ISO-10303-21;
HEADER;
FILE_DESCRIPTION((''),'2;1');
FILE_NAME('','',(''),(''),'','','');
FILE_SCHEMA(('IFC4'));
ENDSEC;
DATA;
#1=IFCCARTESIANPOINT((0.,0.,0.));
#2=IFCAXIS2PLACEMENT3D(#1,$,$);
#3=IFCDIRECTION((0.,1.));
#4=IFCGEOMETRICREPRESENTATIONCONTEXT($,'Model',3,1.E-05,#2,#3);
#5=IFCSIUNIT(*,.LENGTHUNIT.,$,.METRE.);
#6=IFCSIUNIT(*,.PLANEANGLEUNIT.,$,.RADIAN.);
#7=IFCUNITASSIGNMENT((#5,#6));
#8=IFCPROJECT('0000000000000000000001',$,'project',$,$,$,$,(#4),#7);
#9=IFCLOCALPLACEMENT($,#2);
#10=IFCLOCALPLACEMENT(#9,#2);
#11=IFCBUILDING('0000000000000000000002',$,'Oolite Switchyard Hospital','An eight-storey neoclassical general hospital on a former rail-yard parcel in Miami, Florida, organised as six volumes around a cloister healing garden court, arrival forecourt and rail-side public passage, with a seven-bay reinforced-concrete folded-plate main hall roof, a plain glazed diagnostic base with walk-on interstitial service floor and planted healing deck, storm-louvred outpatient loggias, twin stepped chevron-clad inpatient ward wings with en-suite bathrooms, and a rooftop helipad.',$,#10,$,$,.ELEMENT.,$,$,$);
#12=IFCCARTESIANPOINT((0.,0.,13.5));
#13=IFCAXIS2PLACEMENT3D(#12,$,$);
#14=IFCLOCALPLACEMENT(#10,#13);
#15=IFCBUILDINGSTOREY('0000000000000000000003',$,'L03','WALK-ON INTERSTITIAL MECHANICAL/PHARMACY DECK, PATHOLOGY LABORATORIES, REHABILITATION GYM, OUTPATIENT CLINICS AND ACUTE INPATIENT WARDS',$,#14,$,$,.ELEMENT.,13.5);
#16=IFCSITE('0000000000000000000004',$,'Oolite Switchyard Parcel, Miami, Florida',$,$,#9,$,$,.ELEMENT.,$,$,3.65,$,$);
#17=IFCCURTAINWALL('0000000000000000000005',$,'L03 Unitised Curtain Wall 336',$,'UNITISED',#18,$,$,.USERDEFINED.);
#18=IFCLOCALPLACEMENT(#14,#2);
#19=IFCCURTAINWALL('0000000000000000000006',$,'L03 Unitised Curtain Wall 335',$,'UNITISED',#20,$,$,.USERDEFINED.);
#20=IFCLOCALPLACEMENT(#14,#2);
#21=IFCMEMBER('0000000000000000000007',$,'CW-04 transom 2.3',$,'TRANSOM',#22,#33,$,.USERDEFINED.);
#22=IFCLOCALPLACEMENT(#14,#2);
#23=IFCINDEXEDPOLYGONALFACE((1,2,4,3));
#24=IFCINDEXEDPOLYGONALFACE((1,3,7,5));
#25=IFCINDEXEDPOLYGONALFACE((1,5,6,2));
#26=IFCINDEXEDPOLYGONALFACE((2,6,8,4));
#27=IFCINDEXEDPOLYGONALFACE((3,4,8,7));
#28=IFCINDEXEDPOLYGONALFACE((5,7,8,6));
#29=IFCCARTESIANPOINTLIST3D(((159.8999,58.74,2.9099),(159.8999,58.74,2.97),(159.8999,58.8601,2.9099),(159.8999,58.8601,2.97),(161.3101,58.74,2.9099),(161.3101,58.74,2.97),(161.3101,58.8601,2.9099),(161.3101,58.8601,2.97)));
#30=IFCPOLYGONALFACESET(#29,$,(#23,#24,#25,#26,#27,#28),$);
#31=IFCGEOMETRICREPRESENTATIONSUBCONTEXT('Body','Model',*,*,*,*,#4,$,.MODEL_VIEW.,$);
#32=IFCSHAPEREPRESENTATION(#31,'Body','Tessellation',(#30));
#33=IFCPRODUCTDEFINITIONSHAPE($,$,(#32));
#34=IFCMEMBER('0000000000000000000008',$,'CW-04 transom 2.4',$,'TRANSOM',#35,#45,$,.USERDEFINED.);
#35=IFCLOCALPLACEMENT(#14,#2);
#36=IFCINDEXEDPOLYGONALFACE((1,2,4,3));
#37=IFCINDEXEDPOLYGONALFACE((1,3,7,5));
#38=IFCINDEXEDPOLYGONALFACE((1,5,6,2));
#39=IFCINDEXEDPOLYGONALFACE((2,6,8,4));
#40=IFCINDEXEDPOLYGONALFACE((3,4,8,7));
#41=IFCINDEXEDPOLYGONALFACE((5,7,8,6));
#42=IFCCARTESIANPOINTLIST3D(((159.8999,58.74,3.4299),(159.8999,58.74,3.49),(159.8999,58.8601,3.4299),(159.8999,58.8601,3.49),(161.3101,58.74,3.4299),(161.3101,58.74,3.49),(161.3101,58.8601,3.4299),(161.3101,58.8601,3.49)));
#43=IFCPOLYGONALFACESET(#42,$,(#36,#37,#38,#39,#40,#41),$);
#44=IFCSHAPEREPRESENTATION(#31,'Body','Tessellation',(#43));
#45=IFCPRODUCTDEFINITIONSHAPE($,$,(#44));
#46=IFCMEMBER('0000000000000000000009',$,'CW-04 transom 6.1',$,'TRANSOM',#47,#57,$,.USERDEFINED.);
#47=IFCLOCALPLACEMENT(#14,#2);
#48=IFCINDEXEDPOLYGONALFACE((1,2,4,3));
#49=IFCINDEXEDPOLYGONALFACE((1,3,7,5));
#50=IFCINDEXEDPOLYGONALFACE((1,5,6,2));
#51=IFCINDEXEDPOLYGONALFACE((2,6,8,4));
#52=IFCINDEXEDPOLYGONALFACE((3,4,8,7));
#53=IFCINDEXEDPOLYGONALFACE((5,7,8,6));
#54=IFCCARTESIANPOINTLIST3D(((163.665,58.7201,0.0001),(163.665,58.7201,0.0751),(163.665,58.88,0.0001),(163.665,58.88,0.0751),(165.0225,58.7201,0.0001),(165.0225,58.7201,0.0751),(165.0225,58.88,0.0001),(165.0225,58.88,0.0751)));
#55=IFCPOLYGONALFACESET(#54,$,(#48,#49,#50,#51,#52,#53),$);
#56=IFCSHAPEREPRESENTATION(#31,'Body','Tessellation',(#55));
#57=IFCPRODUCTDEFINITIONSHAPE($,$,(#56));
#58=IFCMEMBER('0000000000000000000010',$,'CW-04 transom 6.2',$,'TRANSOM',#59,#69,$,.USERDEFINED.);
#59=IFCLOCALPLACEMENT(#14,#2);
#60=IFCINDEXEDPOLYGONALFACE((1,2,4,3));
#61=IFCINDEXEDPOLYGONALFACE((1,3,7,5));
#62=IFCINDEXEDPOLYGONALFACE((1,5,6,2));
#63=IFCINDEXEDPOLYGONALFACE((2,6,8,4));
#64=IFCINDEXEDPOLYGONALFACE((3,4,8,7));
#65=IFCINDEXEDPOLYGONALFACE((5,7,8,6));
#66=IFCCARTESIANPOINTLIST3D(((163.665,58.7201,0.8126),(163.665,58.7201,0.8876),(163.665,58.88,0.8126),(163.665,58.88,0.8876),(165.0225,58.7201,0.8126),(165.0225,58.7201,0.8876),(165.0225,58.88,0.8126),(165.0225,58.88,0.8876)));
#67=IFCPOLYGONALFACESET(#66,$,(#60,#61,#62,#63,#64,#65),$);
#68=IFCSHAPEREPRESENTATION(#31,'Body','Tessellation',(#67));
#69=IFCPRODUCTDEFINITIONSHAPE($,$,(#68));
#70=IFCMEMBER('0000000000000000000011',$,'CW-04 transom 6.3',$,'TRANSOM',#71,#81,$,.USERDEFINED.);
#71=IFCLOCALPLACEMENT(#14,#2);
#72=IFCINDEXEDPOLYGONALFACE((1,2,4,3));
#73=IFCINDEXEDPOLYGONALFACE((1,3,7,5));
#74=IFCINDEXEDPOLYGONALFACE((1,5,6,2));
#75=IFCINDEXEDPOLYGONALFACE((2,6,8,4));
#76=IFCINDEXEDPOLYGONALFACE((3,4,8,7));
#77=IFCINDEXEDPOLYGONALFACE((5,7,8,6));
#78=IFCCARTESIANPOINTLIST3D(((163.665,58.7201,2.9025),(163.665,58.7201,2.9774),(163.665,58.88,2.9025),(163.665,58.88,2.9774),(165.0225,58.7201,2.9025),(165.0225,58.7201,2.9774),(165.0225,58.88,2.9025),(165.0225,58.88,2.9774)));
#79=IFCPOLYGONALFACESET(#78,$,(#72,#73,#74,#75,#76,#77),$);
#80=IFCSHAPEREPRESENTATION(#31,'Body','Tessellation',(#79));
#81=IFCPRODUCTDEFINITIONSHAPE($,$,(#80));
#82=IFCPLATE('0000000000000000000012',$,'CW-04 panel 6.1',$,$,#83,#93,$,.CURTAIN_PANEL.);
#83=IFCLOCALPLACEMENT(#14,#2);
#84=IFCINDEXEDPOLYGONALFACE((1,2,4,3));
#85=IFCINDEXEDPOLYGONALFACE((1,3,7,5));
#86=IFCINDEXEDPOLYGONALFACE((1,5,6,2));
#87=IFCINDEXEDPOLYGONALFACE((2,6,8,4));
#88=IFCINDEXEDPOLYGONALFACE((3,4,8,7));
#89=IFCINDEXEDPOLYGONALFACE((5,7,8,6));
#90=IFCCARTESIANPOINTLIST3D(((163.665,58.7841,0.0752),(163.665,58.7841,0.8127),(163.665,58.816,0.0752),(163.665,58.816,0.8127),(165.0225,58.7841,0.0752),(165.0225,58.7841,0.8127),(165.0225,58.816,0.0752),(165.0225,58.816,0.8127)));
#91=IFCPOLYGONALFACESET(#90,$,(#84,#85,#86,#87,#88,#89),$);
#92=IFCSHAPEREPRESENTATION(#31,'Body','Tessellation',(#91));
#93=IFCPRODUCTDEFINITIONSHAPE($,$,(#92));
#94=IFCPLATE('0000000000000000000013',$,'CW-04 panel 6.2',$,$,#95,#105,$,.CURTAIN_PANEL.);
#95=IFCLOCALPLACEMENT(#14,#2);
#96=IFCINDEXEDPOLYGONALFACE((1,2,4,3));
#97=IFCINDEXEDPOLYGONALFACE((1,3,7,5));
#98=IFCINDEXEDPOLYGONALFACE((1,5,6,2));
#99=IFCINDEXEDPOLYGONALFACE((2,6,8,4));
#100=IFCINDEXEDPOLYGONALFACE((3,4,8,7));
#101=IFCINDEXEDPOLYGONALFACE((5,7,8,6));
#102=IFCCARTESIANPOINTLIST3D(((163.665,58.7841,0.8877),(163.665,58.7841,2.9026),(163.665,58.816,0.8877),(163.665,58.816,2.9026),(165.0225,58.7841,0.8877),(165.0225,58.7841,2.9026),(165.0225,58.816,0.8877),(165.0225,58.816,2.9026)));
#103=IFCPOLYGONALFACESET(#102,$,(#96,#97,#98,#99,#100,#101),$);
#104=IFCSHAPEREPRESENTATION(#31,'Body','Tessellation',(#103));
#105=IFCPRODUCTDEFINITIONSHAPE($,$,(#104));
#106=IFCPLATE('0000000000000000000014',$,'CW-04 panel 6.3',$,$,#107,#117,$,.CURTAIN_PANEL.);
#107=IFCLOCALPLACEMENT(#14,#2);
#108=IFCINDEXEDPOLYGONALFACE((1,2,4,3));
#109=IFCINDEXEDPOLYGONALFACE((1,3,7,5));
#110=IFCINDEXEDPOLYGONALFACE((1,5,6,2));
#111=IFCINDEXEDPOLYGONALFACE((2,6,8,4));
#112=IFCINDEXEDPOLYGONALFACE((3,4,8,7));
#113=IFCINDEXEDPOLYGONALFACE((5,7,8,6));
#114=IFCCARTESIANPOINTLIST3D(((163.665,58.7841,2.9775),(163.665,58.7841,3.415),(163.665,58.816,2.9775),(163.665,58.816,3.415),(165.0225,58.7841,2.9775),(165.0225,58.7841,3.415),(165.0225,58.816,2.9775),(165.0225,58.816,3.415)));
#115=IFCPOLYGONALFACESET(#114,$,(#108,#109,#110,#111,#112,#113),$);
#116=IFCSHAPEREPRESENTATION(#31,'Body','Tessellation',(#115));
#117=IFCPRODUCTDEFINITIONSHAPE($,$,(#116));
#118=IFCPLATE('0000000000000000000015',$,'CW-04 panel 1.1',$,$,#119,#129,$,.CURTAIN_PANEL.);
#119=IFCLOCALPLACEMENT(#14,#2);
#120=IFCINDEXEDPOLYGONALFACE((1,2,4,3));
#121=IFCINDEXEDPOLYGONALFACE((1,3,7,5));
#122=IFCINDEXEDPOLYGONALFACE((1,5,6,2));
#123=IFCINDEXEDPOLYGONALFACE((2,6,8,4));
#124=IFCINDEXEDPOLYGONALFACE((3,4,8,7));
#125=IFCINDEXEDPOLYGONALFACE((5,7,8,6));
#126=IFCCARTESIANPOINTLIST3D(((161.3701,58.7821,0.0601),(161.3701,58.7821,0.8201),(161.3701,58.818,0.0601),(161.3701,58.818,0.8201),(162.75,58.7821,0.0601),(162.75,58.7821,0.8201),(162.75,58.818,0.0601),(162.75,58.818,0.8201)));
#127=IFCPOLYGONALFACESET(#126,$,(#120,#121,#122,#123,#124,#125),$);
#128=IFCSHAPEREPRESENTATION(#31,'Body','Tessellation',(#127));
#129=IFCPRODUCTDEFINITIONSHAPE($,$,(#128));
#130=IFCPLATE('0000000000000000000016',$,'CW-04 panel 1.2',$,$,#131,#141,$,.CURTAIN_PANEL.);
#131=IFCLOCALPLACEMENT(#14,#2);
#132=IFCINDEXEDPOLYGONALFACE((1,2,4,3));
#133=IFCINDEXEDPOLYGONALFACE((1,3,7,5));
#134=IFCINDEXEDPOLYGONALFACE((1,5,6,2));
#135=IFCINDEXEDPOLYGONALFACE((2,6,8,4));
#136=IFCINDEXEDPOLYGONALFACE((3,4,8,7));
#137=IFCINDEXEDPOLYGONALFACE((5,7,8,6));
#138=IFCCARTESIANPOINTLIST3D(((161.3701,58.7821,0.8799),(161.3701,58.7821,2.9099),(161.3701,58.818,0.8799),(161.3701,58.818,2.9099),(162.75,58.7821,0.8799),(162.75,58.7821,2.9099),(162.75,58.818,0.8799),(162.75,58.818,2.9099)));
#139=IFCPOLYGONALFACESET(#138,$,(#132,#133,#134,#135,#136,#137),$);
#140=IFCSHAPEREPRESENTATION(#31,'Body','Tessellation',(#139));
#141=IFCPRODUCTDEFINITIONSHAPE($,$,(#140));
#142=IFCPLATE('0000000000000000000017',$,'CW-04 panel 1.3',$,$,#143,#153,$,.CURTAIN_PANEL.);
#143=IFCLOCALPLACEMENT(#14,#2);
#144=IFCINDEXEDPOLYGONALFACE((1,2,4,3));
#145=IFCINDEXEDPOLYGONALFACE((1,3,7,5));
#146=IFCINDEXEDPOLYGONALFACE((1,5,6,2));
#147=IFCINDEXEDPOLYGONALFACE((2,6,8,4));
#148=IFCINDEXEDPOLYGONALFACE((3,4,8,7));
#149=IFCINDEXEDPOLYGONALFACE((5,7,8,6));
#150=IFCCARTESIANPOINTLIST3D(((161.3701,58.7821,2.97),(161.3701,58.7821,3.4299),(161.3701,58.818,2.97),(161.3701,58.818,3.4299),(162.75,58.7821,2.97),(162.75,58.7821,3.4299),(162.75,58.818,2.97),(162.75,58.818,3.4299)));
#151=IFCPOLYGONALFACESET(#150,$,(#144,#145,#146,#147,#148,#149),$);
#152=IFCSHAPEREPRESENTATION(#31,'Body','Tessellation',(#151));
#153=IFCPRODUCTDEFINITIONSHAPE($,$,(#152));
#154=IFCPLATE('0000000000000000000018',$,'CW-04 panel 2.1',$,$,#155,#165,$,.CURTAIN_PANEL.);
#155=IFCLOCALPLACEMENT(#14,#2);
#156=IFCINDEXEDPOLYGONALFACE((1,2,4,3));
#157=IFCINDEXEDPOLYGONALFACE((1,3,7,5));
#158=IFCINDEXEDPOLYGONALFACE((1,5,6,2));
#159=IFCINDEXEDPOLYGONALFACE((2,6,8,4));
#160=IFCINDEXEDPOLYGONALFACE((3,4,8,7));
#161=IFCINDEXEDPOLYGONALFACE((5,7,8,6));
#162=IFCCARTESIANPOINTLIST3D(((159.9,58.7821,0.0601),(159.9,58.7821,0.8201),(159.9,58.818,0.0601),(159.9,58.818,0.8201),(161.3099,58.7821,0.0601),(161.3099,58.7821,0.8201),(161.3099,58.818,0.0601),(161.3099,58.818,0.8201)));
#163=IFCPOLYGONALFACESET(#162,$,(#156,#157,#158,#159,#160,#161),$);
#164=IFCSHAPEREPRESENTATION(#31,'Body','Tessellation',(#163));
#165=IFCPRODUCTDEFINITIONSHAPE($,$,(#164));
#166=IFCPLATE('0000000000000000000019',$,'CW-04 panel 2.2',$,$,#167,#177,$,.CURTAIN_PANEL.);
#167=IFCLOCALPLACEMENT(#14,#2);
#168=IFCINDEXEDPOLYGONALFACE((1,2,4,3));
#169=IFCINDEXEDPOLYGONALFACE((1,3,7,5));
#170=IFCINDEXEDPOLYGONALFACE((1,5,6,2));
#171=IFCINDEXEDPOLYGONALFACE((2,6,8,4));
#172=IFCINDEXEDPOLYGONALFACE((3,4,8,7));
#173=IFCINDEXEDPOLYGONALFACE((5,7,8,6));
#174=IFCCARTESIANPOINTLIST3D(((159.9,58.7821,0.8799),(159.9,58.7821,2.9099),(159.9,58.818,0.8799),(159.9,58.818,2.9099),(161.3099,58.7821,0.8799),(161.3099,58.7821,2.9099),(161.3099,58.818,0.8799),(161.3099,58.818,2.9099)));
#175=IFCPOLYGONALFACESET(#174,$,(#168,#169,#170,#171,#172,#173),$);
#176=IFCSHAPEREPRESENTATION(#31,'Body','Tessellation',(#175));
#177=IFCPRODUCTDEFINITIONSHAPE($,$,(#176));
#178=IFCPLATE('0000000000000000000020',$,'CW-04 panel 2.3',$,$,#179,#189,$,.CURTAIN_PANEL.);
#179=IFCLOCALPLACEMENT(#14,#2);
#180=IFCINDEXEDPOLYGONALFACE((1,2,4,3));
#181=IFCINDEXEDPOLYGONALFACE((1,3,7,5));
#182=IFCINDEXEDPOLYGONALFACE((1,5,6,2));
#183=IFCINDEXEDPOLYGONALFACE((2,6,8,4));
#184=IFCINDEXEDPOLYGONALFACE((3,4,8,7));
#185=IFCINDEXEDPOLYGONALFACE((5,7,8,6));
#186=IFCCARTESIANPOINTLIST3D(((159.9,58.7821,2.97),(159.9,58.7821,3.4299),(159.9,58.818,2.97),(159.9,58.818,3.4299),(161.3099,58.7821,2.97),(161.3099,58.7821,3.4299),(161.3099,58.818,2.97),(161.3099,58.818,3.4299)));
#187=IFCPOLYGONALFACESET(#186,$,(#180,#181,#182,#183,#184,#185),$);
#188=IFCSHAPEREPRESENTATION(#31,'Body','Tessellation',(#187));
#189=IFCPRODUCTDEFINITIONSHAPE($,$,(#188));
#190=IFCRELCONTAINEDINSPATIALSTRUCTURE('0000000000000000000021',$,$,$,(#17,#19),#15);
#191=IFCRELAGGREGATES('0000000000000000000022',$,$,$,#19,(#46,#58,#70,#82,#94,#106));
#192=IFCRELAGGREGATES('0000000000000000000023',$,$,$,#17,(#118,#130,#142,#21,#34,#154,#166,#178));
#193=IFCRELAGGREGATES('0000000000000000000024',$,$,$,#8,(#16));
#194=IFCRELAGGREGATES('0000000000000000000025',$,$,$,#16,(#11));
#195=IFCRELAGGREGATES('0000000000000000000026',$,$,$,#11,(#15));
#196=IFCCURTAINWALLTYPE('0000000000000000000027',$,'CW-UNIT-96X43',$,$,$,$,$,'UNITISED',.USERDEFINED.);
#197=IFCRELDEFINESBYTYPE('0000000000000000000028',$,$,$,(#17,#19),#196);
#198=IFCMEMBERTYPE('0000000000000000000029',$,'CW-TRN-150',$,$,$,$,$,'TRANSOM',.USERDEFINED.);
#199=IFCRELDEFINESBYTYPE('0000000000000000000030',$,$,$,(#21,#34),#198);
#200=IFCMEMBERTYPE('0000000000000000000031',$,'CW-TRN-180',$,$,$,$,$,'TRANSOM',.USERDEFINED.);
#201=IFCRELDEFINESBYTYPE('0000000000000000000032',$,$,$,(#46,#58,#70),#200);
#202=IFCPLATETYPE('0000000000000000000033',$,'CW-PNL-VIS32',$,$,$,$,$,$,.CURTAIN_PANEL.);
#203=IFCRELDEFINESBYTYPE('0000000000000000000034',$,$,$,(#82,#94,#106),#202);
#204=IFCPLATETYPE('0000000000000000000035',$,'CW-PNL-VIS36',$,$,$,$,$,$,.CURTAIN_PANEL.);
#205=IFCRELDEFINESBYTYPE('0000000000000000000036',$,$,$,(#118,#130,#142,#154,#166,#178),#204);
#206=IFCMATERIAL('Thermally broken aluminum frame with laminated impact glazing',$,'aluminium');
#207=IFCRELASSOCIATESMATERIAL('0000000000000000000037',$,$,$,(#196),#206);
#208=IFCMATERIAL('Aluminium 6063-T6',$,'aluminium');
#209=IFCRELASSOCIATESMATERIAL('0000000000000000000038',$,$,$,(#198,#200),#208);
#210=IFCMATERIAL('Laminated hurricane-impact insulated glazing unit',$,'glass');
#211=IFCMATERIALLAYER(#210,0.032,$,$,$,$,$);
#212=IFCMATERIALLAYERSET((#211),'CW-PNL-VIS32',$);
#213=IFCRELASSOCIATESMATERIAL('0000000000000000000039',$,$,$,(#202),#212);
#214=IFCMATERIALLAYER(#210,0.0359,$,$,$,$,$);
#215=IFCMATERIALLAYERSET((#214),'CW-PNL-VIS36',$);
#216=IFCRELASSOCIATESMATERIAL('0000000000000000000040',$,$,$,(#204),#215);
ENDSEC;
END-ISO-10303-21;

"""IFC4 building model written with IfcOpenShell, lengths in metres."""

from ifc_helpers import new_model, si_unit, direction, frame, origin, origin_2d, place, context, subcontext, project, spatial, rectangle, extrude, material, layer, layer_set, material_profile, profile_set, type_object, element, aggregate, save


model = new_model("IFC4")

# Units and contexts
model_context = context("Model", 3, precision=1e-05, world=origin(), true_north=direction((0.0, 1.0)))
body_context = subcontext(model_context, "Body", "Model", "MODEL_VIEW")
ifc_project = project(units=[si_unit("LENGTHUNIT", "METRE"), si_unit("PLANEANGLEUNIT", "RADIAN")], contexts=[model_context])

# Site, building, storey
site_placement = place(None, origin())
site = spatial("IfcSite", under=ifc_project, at=site_placement, Name="Oolite Switchyard Parcel, Miami, Florida", CompositionType="ELEMENT", RefElevation=3.65)
building_placement = place(site_placement, origin())
building = spatial("IfcBuilding", under=site, at=building_placement, Name="Oolite Switchyard Hospital", Description="An eight-storey neoclassical general hospital on a former rail-yard parcel in Miami, Florida, organised as six volumes around a cloister healing garden court, arrival forecourt and rail-side public passage, with a seven-bay reinforced-concrete folded-plate main hall roof, a plain glazed diagnostic base with walk-on interstitial service floor and planted healing deck, storm-louvred outpatient loggias, twin stepped chevron-clad inpatient ward wings with en-suite bathrooms, and a rooftop helipad.", CompositionType="ELEMENT")
storey_placement = place(building_placement, frame((0.0, 0.0, 13.5)))
storey = spatial("IfcBuildingStorey", under=building, at=storey_placement, Name="L03", Description="WALK-ON INTERSTITIAL MECHANICAL/PHARMACY DECK, PATHOLOGY LABORATORIES, REHABILITATION GYM, OUTPATIENT CLINICS AND ACUTE INPATIENT WARDS", CompositionType="ELEMENT", Elevation=13.5)

# Curtain wall
ifc_material_1 = material(Name="Thermally broken aluminum frame with laminated impact glazing", Category="aluminium")
curtain_wall_type = type_object("IfcCurtainWallType", Name="CW-UNIT-96X43", ElementType="UNITISED", PredefinedType="USERDEFINED", material=ifc_material_1)
curtain_wall_1_placement = place(storey_placement, origin())
curtain_wall_1 = element("IfcCurtainWall", 1, at=curtain_wall_1_placement, inside=storey, type_object=curtain_wall_type, Name="L03 Unitised Curtain Wall 336", ObjectType="UNITISED", PredefinedType="USERDEFINED")
ifc_material_2 = material(Name="Aluminium 6063-T6", Category="aluminium")

# Curtain wall
curtain_wall_2_placement = place(storey_placement, origin())
curtain_wall_2 = element("IfcCurtainWall", 2, at=curtain_wall_2_placement, inside=storey, type_object=curtain_wall_type, Name="L03 Unitised Curtain Wall 335", ObjectType="UNITISED", PredefinedType="USERDEFINED")

# Members
ifc_material_profile_1 = material_profile(ifc_material_2, rectangle(XDim=0.1201, YDim=0.0601, at=origin_2d()), Name="CWT60X120")
ifc_profile_set_1 = profile_set([ifc_material_profile_1], Name="Aluminium 6063-T6")
member_type_1 = type_object("IfcMemberType", Name="CW-TRN-150", ElementType="TRANSOM", PredefinedType="USERDEFINED", material=ifc_profile_set_1)
member_1_placement = place(storey_placement, frame((161.3101, 58.8, 2.9399), z_axis=(-1.0, 0.0, 0.0), x_axis=(0.0, -1.0, 0.0)))
member_1 = element("IfcMember", 3, at=member_1_placement, type_object=member_type_1, Name="CW-04 transom 2.3", ObjectType="TRANSOM", PredefinedType="USERDEFINED", context=body_context, shape_type="SweptSolid", body=[
    extrude(rectangle(XDim=0.1201, YDim=0.0601, at=origin_2d()), origin(), (0.0, 0.0, 1.0), 1.4102),
])
member_2_placement = place(storey_placement, frame((161.3101, 58.8, 3.46), z_axis=(-1.0, 0.0, 0.0), x_axis=(0.0, -1.0, 0.0)))
member_2 = element("IfcMember", 4, at=member_2_placement, type_object=member_type_1, Name="CW-04 transom 2.4", ObjectType="TRANSOM", PredefinedType="USERDEFINED", context=body_context, shape_type="SweptSolid", body=[
    extrude(rectangle(XDim=0.1201, YDim=0.0601, at=origin_2d()), origin(), (0.0, 0.0, 1.0), 1.4102),
])
ifc_material_profile_2 = material_profile(ifc_material_2, rectangle(XDim=0.1599, YDim=0.075, at=origin_2d()), Name="CWT75X160")
ifc_profile_set_2 = profile_set([ifc_material_profile_2], Name="Aluminium 6063-T6")
member_type_2 = type_object("IfcMemberType", Name="CW-TRN-180", ElementType="TRANSOM", PredefinedType="USERDEFINED", material=ifc_profile_set_2)
member_3_placement = place(storey_placement, frame((165.0225, 58.8, 0.0376), z_axis=(-1.0, 0.0, 0.0), x_axis=(0.0, -1.0, 0.0)))
member_3 = element("IfcMember", 5, at=member_3_placement, type_object=member_type_2, Name="CW-04 transom 6.1", ObjectType="TRANSOM", PredefinedType="USERDEFINED", context=body_context, shape_type="SweptSolid", body=[
    extrude(rectangle(XDim=0.1599, YDim=0.075, at=origin_2d()), origin(), (0.0, 0.0, 1.0), 1.3574),
])
member_4_placement = place(storey_placement, frame((165.0225, 58.8, 0.8501), z_axis=(-1.0, 0.0, 0.0), x_axis=(0.0, -1.0, 0.0)))
member_4 = element("IfcMember", 6, at=member_4_placement, type_object=member_type_2, Name="CW-04 transom 6.2", ObjectType="TRANSOM", PredefinedType="USERDEFINED", context=body_context, shape_type="SweptSolid", body=[
    extrude(rectangle(XDim=0.1599, YDim=0.075, at=origin_2d()), origin(), (0.0, 0.0, 1.0), 1.3574),
])
member_5_placement = place(storey_placement, frame((165.0225, 58.8, 2.9399), z_axis=(-1.0, 0.0, 0.0), x_axis=(0.0, -1.0, 0.0)))
member_5 = element("IfcMember", 7, at=member_5_placement, type_object=member_type_2, Name="CW-04 transom 6.3", ObjectType="TRANSOM", PredefinedType="USERDEFINED", context=body_context, shape_type="SweptSolid", body=[
    extrude(rectangle(XDim=0.1599, YDim=0.075, at=origin_2d()), origin(), (0.0, 0.0, 1.0), 1.3574),
])

# Plates
ifc_material_3 = material(Name="Laminated hurricane-impact insulated glazing unit", Category="glass")
ifc_layer_1 = layer(ifc_material_3, 0.032)
ifc_layer_set_1 = layer_set([ifc_layer_1], Name="CW-PNL-VIS32")
plate_type_1 = type_object("IfcPlateType", Name="CW-PNL-VIS32", PredefinedType="CURTAIN_PANEL", material=ifc_layer_set_1)
plate_1_placement = place(storey_placement, frame((164.3438, 58.8, 0.0752), z_axis=(0.0, 0.0, 1.0), x_axis=(-1.0, 0.0, 0.0)))
plate_1 = element("IfcPlate", 8, at=plate_1_placement, type_object=plate_type_1, Name="CW-04 panel 6.1", PredefinedType="CURTAIN_PANEL", context=body_context, shape_type="SweptSolid", body=[
    extrude(rectangle(XDim=1.3574, YDim=0.032, at=origin_2d()), origin(), (0.0, 0.0, 1.0), 0.7375),
])
plate_2_placement = place(storey_placement, frame((164.3438, 58.8, 0.8877), z_axis=(0.0, 0.0, 1.0), x_axis=(-1.0, 0.0, 0.0)))
plate_2 = element("IfcPlate", 9, at=plate_2_placement, type_object=plate_type_1, Name="CW-04 panel 6.2", PredefinedType="CURTAIN_PANEL", context=body_context, shape_type="SweptSolid", body=[
    extrude(rectangle(XDim=1.3574, YDim=0.032, at=origin_2d()), origin(), (0.0, 0.0, 1.0), 2.0149),
])
plate_3_placement = place(storey_placement, frame((164.3438, 58.8, 2.9775), z_axis=(0.0, 0.0, 1.0), x_axis=(-1.0, 0.0, 0.0)))
plate_3 = element("IfcPlate", 10, at=plate_3_placement, type_object=plate_type_1, Name="CW-04 panel 6.3", PredefinedType="CURTAIN_PANEL", context=body_context, shape_type="SweptSolid", body=[
    extrude(rectangle(XDim=1.3574, YDim=0.032, at=origin_2d()), origin(), (0.0, 0.0, 1.0), 0.4375),
])
aggregate(curtain_wall_2, [member_3, member_4, member_5, plate_1, plate_2, plate_3])
ifc_layer_2 = layer(ifc_material_3, 0.0359)
ifc_layer_set_2 = layer_set([ifc_layer_2], Name="CW-PNL-VIS36")
plate_type_2 = type_object("IfcPlateType", Name="CW-PNL-VIS36", PredefinedType="CURTAIN_PANEL", material=ifc_layer_set_2)
plate_4_placement = place(storey_placement, frame((162.0601, 58.8, 0.0601), z_axis=(0.0, 0.0, 1.0), x_axis=(-1.0, 0.0, 0.0)))
plate_4 = element("IfcPlate", 11, at=plate_4_placement, type_object=plate_type_2, Name="CW-04 panel 1.1", PredefinedType="CURTAIN_PANEL", context=body_context, shape_type="SweptSolid", body=[
    extrude(rectangle(XDim=1.3799, YDim=0.0359, at=origin_2d()), origin(), (0.0, 0.0, 1.0), 0.76),
])
plate_5_placement = place(storey_placement, frame((162.0601, 58.8, 0.8799), z_axis=(0.0, 0.0, 1.0), x_axis=(-1.0, 0.0, 0.0)))
plate_5 = element("IfcPlate", 12, at=plate_5_placement, type_object=plate_type_2, Name="CW-04 panel 1.2", PredefinedType="CURTAIN_PANEL", context=body_context, shape_type="SweptSolid", body=[
    extrude(rectangle(XDim=1.3799, YDim=0.0359, at=origin_2d()), origin(), (0.0, 0.0, 1.0), 2.03),
])
plate_6_placement = place(storey_placement, frame((162.0601, 58.8, 2.97), z_axis=(0.0, 0.0, 1.0), x_axis=(-1.0, 0.0, 0.0)))
plate_6 = element("IfcPlate", 13, at=plate_6_placement, type_object=plate_type_2, Name="CW-04 panel 1.3", PredefinedType="CURTAIN_PANEL", context=body_context, shape_type="SweptSolid", body=[
    extrude(rectangle(XDim=1.3799, YDim=0.0359, at=origin_2d()), origin(), (0.0, 0.0, 1.0), 0.46),
])
plate_7_placement = place(storey_placement, frame((160.605, 58.8, 0.0601), z_axis=(0.0, 0.0, 1.0), x_axis=(-1.0, 0.0, 0.0)))
plate_7 = element("IfcPlate", 14, at=plate_7_placement, type_object=plate_type_2, Name="CW-04 panel 2.1", PredefinedType="CURTAIN_PANEL", context=body_context, shape_type="SweptSolid", body=[
    extrude(rectangle(XDim=1.4099, YDim=0.0359, at=origin_2d()), origin(), (0.0, 0.0, 1.0), 0.76),
])
plate_8_placement = place(storey_placement, frame((160.605, 58.8, 0.8799), z_axis=(0.0, 0.0, 1.0), x_axis=(-1.0, 0.0, 0.0)))
plate_8 = element("IfcPlate", 15, at=plate_8_placement, type_object=plate_type_2, Name="CW-04 panel 2.2", PredefinedType="CURTAIN_PANEL", context=body_context, shape_type="SweptSolid", body=[
    extrude(rectangle(XDim=1.4099, YDim=0.0359, at=origin_2d()), origin(), (0.0, 0.0, 1.0), 2.03),
])
plate_9_placement = place(storey_placement, frame((160.605, 58.8, 2.97), z_axis=(0.0, 0.0, 1.0), x_axis=(-1.0, 0.0, 0.0)))
plate_9 = element("IfcPlate", 16, at=plate_9_placement, type_object=plate_type_2, Name="CW-04 panel 2.3", PredefinedType="CURTAIN_PANEL", context=body_context, shape_type="SweptSolid", body=[
    extrude(rectangle(XDim=1.4099, YDim=0.0359, at=origin_2d()), origin(), (0.0, 0.0, 1.0), 0.46),
])
aggregate(curtain_wall_1, [plate_4, plate_5, plate_6, member_1, member_2, plate_7, plate_8, plate_9])

save(model, "model.ifc")
